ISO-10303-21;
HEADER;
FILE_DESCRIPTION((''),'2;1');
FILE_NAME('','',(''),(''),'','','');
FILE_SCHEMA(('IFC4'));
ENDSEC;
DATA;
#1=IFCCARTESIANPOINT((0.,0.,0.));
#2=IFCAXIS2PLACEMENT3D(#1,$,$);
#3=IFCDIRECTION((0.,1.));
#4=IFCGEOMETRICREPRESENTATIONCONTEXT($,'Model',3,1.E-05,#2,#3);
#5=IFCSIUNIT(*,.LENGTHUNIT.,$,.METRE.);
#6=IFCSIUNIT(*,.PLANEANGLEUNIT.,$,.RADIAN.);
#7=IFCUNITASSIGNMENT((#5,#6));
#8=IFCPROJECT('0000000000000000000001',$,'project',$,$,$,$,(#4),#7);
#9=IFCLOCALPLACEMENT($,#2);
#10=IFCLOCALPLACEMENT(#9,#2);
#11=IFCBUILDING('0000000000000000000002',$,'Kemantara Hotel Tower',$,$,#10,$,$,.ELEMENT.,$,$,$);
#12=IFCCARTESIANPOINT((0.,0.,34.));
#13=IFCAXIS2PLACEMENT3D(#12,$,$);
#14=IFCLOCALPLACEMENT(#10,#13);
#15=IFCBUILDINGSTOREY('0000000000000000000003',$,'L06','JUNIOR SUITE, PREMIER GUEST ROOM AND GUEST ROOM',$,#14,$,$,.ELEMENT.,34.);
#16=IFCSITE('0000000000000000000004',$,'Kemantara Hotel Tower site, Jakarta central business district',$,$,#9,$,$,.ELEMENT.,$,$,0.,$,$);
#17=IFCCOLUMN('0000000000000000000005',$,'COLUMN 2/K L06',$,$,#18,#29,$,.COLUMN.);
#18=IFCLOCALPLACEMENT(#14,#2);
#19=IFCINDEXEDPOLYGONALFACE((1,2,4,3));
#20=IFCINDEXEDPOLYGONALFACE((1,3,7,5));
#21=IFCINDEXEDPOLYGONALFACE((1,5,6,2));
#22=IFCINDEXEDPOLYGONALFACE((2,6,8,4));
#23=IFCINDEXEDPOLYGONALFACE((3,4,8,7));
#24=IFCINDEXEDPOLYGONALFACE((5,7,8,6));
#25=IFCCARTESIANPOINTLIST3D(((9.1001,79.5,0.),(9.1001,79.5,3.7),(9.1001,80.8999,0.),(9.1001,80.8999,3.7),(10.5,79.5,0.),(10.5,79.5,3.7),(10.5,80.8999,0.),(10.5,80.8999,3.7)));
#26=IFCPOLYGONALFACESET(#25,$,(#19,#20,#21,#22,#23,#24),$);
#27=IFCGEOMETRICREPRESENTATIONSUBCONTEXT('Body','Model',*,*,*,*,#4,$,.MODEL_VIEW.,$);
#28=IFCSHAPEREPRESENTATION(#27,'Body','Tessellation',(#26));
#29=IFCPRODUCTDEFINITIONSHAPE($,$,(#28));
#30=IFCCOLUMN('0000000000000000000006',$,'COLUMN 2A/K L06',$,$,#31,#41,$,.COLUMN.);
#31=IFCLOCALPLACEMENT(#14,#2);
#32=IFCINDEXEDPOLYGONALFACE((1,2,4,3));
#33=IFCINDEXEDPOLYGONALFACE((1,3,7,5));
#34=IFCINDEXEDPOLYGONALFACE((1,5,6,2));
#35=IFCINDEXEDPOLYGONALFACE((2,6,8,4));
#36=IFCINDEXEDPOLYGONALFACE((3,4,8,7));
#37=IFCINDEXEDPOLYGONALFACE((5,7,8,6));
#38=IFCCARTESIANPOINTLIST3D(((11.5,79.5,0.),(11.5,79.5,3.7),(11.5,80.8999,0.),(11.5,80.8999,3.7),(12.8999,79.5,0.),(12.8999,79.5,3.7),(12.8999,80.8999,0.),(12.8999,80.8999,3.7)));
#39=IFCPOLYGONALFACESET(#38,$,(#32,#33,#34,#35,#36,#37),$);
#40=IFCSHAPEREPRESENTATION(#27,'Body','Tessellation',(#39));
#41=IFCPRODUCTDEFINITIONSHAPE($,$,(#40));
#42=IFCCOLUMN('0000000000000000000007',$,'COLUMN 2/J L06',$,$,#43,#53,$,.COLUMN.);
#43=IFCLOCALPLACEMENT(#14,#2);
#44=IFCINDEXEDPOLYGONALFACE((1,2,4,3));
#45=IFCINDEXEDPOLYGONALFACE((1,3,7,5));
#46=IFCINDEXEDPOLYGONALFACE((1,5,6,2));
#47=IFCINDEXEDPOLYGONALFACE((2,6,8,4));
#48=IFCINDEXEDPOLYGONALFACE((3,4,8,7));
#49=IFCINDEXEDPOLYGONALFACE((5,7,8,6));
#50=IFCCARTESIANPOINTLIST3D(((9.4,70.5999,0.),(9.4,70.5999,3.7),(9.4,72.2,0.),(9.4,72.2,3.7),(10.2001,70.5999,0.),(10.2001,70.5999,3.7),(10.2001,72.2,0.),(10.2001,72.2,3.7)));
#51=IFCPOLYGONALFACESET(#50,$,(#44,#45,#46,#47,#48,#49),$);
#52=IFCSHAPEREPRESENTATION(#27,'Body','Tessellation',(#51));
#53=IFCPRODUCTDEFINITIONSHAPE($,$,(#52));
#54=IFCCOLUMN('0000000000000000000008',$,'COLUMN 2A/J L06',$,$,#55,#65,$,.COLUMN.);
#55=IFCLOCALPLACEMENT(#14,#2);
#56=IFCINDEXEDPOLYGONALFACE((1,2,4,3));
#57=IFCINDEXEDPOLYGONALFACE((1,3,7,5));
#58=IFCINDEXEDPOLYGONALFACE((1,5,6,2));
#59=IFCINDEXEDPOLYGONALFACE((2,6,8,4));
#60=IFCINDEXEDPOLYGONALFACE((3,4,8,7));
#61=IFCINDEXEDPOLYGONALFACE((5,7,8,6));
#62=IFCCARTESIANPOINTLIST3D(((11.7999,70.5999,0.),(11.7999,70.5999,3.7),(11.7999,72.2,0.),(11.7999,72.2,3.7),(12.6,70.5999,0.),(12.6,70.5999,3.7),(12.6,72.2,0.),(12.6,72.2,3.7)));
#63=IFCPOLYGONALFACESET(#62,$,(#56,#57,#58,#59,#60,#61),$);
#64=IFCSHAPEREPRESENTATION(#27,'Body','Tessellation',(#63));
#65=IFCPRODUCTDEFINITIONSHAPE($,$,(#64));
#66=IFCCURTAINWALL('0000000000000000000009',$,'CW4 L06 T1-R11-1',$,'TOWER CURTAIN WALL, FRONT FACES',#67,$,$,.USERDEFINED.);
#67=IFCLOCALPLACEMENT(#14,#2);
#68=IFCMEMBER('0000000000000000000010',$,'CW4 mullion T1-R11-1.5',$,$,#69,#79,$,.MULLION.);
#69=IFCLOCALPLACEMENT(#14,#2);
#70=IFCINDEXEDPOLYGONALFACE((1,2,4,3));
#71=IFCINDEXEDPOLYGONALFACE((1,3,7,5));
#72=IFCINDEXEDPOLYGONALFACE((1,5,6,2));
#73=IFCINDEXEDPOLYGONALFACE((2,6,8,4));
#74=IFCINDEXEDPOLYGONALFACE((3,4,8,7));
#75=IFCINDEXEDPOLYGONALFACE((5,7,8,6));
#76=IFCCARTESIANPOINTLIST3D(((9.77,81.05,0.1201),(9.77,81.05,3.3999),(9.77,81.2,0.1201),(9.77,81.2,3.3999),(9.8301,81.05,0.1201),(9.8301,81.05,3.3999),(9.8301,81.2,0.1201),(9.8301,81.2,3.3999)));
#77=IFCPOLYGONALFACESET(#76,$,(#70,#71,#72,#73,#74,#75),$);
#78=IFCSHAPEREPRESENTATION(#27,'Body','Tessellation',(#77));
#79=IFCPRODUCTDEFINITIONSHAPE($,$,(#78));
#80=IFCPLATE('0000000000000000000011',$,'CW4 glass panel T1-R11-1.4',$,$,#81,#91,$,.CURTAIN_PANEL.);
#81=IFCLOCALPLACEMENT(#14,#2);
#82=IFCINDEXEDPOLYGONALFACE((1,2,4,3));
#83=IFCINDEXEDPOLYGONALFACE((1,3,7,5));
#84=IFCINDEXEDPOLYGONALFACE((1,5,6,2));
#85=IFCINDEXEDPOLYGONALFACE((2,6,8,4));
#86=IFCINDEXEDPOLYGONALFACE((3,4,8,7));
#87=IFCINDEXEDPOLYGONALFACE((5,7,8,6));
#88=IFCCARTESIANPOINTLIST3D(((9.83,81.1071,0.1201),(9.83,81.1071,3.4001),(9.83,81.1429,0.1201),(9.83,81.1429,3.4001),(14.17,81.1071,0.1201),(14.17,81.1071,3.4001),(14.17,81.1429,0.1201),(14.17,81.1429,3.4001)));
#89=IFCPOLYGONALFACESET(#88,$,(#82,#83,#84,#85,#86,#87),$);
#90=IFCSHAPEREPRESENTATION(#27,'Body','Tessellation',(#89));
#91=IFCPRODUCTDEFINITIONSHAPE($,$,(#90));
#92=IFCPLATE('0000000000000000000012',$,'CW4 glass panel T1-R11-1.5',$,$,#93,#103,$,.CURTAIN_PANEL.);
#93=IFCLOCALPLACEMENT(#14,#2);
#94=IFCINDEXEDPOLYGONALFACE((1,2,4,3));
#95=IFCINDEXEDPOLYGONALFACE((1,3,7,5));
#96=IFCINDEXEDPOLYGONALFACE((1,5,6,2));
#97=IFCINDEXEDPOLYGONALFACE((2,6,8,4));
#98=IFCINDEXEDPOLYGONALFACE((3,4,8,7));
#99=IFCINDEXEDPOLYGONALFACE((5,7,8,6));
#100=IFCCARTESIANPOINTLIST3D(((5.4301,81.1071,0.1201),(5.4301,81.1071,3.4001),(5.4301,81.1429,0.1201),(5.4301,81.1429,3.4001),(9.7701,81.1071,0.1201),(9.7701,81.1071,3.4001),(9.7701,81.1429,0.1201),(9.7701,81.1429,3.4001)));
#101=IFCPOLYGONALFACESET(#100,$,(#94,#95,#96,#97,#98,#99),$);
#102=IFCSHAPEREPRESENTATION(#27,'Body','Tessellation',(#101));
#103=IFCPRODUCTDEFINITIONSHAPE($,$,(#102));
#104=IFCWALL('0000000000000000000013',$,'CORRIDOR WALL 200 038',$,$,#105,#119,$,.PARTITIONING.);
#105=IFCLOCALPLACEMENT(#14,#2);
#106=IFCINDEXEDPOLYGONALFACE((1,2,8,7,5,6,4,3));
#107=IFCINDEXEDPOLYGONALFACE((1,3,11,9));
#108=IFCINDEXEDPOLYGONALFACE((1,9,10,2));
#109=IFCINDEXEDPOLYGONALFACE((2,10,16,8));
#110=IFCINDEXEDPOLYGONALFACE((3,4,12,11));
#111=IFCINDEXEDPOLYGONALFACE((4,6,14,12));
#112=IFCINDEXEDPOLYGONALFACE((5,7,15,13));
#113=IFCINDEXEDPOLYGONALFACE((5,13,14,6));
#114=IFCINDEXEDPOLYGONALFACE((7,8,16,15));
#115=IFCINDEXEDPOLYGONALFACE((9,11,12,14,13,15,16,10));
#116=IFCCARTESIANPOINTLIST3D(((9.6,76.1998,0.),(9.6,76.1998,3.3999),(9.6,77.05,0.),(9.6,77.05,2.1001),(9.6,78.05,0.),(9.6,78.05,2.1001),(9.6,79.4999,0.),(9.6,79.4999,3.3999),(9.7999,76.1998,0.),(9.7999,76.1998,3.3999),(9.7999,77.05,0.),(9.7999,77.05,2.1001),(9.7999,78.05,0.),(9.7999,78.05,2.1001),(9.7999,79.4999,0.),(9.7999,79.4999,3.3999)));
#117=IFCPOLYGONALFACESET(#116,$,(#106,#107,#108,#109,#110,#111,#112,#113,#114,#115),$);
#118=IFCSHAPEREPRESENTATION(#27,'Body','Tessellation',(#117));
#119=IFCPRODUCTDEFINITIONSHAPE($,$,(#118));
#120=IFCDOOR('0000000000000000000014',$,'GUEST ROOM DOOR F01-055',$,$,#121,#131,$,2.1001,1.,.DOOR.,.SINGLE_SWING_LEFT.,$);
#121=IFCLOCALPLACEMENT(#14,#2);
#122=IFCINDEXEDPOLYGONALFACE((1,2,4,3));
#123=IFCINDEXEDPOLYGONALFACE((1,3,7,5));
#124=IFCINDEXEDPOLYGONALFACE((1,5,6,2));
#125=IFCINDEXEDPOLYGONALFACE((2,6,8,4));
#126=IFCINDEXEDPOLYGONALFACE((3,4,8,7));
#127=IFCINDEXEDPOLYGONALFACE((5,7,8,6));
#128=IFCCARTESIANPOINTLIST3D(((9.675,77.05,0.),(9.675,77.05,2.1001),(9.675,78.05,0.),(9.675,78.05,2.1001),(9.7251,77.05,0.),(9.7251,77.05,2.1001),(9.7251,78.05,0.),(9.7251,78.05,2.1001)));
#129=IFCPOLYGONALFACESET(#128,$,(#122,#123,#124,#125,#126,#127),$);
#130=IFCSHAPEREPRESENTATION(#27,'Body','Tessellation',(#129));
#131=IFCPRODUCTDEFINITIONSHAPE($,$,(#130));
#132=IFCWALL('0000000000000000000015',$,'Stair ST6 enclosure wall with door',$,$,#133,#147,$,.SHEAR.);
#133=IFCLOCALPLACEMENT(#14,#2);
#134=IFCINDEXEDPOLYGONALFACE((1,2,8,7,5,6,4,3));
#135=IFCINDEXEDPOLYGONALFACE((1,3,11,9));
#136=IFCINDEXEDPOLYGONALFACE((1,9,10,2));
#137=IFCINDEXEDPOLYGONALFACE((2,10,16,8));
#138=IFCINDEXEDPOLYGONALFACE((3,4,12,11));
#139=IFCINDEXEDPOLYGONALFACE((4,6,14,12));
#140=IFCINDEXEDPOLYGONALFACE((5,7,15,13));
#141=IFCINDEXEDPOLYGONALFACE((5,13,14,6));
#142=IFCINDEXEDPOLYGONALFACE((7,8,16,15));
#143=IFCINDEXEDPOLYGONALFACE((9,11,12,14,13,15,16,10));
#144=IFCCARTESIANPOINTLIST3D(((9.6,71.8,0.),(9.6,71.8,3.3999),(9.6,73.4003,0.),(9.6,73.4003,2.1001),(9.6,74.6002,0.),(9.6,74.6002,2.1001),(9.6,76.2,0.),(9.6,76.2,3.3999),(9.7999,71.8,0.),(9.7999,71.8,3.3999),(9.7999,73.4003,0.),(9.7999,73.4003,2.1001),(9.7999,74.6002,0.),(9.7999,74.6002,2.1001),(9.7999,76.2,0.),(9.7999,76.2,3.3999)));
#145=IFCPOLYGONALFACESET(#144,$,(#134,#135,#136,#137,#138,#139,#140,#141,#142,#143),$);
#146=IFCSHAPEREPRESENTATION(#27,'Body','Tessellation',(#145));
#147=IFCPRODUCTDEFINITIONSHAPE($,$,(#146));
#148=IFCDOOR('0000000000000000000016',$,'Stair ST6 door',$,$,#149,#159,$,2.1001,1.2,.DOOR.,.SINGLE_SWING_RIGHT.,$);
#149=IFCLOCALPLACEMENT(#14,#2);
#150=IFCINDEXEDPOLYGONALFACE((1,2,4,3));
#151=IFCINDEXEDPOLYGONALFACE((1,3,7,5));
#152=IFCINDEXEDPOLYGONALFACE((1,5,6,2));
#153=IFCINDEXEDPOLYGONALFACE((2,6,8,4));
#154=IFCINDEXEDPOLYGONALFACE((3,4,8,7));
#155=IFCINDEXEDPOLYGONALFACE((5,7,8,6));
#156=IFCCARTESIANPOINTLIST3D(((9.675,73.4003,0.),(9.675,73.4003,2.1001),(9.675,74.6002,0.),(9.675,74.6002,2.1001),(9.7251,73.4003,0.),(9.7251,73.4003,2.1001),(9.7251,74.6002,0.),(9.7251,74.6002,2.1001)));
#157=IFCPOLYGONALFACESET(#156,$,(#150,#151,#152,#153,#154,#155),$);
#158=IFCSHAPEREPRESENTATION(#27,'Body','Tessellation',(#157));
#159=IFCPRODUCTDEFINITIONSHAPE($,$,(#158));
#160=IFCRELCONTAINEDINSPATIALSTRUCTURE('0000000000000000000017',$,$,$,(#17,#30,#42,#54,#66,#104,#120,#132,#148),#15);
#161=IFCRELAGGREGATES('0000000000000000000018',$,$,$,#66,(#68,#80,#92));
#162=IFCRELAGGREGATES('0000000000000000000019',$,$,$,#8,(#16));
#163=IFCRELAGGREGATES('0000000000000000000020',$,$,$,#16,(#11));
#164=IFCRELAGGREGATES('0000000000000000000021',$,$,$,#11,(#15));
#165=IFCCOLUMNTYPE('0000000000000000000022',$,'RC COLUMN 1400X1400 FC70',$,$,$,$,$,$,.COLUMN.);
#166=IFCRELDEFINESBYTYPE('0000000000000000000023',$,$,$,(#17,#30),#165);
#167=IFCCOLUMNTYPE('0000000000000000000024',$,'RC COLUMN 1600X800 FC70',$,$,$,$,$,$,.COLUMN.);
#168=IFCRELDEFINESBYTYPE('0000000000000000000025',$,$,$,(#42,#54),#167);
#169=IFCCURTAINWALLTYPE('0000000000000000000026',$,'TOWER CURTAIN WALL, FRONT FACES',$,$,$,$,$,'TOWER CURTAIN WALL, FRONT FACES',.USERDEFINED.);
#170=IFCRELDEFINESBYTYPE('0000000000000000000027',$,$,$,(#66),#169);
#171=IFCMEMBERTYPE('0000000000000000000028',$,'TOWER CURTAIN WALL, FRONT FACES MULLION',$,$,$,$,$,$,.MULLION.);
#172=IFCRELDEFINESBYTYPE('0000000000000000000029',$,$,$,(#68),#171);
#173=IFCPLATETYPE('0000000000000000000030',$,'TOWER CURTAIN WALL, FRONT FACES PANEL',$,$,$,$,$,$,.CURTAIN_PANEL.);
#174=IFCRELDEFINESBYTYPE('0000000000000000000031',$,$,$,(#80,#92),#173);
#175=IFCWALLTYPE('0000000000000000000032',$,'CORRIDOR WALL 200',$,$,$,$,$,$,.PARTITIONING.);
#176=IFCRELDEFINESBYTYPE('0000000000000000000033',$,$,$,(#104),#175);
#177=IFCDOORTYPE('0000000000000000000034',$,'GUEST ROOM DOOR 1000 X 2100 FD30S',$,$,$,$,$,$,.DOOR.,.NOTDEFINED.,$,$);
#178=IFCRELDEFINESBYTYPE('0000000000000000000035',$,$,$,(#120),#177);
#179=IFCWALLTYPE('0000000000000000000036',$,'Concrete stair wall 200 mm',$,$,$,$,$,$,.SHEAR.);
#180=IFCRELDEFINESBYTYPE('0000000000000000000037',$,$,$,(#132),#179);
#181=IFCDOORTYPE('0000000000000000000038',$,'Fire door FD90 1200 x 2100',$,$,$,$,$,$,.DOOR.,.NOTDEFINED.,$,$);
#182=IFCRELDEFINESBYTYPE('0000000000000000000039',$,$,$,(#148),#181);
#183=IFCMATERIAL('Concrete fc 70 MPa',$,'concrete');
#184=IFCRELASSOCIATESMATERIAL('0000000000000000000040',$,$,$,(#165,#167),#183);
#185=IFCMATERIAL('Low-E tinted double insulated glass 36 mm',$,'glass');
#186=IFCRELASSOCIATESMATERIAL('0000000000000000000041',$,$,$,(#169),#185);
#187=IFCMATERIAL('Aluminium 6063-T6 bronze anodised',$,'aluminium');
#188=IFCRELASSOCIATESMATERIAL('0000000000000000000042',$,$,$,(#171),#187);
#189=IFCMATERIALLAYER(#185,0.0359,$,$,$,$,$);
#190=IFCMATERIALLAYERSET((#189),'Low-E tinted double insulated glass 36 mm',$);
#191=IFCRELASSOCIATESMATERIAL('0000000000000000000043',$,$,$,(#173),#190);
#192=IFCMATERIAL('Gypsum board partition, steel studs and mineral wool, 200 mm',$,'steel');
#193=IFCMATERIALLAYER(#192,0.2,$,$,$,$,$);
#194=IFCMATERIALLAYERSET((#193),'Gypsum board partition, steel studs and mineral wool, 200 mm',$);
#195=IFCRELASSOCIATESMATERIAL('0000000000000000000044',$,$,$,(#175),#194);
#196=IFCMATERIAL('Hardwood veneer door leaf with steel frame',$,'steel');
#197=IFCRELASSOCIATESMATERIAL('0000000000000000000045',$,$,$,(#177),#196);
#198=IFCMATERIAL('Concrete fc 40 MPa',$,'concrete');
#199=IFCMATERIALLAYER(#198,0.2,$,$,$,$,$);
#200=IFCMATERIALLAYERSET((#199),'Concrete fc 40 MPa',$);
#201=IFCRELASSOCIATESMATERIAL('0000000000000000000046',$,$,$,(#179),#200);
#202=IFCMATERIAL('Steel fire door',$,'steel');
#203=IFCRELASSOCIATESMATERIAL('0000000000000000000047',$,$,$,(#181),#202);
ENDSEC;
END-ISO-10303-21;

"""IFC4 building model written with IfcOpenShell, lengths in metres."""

from ifc_helpers import new_model, si_unit, direction, frame, frame_2d, origin, origin_2d, place, context, subcontext, project, spatial, rectangle, extrude, source, transform, mapped, material, layer, layer_set, material_profile, profile_set, type_object, element, fill, aggregate, save


model = new_model("IFC4")

# Units and contexts
model_context = context("Model", 3, precision=1e-05, world=origin(), true_north=direction((0.0, 1.0)))
body_context = subcontext(model_context, "Body", "Model", "MODEL_VIEW")
ifc_project = project(units=[si_unit("LENGTHUNIT", "METRE"), si_unit("PLANEANGLEUNIT", "RADIAN")], contexts=[model_context])

# Site, building, storey
site_placement = place(None, origin())
site = spatial("IfcSite", under=ifc_project, at=site_placement, Name="Kemantara Hotel Tower site, Jakarta central business district", CompositionType="ELEMENT", RefElevation=0.0)
building_placement = place(site_placement, origin())
building = spatial("IfcBuilding", under=site, at=building_placement, Name="Kemantara Hotel Tower", CompositionType="ELEMENT")
storey_placement = place(building_placement, frame((0.0, 0.0, 34.0)))
storey = spatial("IfcBuildingStorey", under=building, at=storey_placement, Name="L06", Description="JUNIOR SUITE, PREMIER GUEST ROOM AND GUEST ROOM", CompositionType="ELEMENT", Elevation=34.0)

# Columns
ifc_material_1 = material(Name="Concrete fc 70 MPa", Category="concrete")
ifc_material_profile_1 = material_profile(ifc_material_1, rectangle(XDim=1.3999, YDim=1.3999, at=origin_2d()), Name="RC 1400X1400")
ifc_profile_set_1 = profile_set([ifc_material_profile_1], Name="Concrete fc 70 MPa")
column_type_1 = type_object("IfcColumnType", Name="RC COLUMN 1400X1400 FC70", PredefinedType="COLUMN", material=ifc_profile_set_1)
for number, where, z_axis, x_axis, name in (
    (1, (9.8, 80.2, 0.0), (0.0, 0.0, 1.0), (1.0, 0.0, 0.0), "COLUMN 2/K L06"),
    (2, (12.2, 80.2, 0.0), (0.0, 0.0, 1.0), (1.0, 0.0, 0.0), "COLUMN 2A/K L06"),
):
    element("IfcColumn", number, at=place(storey_placement, frame(where, z_axis=z_axis, x_axis=x_axis)), inside=storey, type_object=column_type_1, Name=name, PredefinedType="COLUMN", context=body_context, shape_type="SweptSolid", body=[
        extrude(rectangle(XDim=1.3999, YDim=1.3999, at=origin_2d()), origin(), (0.0, 0.0, 1.0), 3.7),
    ])
ifc_material_profile_2 = material_profile(ifc_material_1, rectangle(XDim=1.6001, YDim=0.8, at=origin_2d()), Name="RC 1600X800")
ifc_profile_set_2 = profile_set([ifc_material_profile_2], Name="Concrete fc 70 MPa")
column_type_2 = type_object("IfcColumnType", Name="RC COLUMN 1600X800 FC70", PredefinedType="COLUMN", material=ifc_profile_set_2)
for number, where, z_axis, x_axis, name in (
    (3, (9.8, 71.3999, 0.0), (0.0, 0.0, 1.0), (0.0, 1.0, 0.0), "COLUMN 2/J L06"),
    (4, (12.2, 71.3999, 0.0), (0.0, 0.0, 1.0), (0.0, 1.0, 0.0), "COLUMN 2A/J L06"),
):
    element("IfcColumn", number, at=place(storey_placement, frame(where, z_axis=z_axis, x_axis=x_axis)), inside=storey, type_object=column_type_2, Name=name, PredefinedType="COLUMN", context=body_context, shape_type="SweptSolid", body=[
        extrude(rectangle(XDim=1.6001, YDim=0.8, at=origin_2d()), origin(), (0.0, 0.0, 1.0), 3.7),
    ])

# Curtain wall, member, plates
ifc_material_2 = material(Name="Low-E tinted double insulated glass 36 mm", Category="glass")
curtain_wall_type = type_object("IfcCurtainWallType", Name="TOWER CURTAIN WALL, FRONT FACES", ElementType="TOWER CURTAIN WALL, FRONT FACES", PredefinedType="USERDEFINED", material=ifc_material_2)
curtain_wall_placement = place(storey_placement, origin())
curtain_wall = element("IfcCurtainWall", 5, at=curtain_wall_placement, inside=storey, type_object=curtain_wall_type, Name="CW4 L06 T1-R11-1", ObjectType="TOWER CURTAIN WALL, FRONT FACES", PredefinedType="USERDEFINED")
ifc_material_3 = material(Name="Aluminium 6063-T6 bronze anodised", Category="aluminium")
ifc_material_profile_3 = material_profile(ifc_material_3, rectangle(XDim=0.1499, YDim=0.0601, at=origin_2d()), Name="TOWER CURTAIN WALL, FRONT FACES MULLION")
ifc_profile_set_3 = profile_set([ifc_material_profile_3], Name="Aluminium 6063-T6 bronze anodised")
member_type = type_object("IfcMemberType", Name="TOWER CURTAIN WALL, FRONT FACES MULLION", PredefinedType="MULLION", material=ifc_profile_set_3)
shared_shape_1 = source(origin(), body_context, "Body", "SweptSolid", [
    extrude(rectangle(XDim=0.1499, YDim=0.0601, at=origin_2d()), origin(), (0.0, 0.0, 1.0), 3.2798),
])
member_placement = place(storey_placement, frame((9.8, 81.125, 0.1201), z_axis=(0.0, 0.0, 1.0), x_axis=(0.0, -1.0, 0.0)))
member = element("IfcMember", 6, at=member_placement, type_object=member_type, Name="CW4 mullion T1-R11-1.5", PredefinedType="MULLION", context=body_context, shape_type="MappedRepresentation", body=[
    mapped(shared_shape_1, transform((0.0, 0.0, 0.0))),
])
ifc_layer_1 = layer(ifc_material_2, 0.0359)
ifc_layer_set_1 = layer_set([ifc_layer_1], Name="Low-E tinted double insulated glass 36 mm")
plate_type = type_object("IfcPlateType", Name="TOWER CURTAIN WALL, FRONT FACES PANEL", PredefinedType="CURTAIN_PANEL", material=ifc_layer_set_1)
shared_shape_2 = source(origin(), body_context, "Body", "SweptSolid", [
    extrude(rectangle(XDim=4.3401, YDim=0.0359, at=origin_2d()), origin(), (0.0, 0.0, 1.0), 3.28),
])
plate_1_placement = place(storey_placement, frame((12.0, 81.125, 0.1201), z_axis=(0.0, 0.0, 1.0), x_axis=(-1.0, 0.0, 0.0)))
plate_1 = element("IfcPlate", 7, at=plate_1_placement, type_object=plate_type, Name="CW4 glass panel T1-R11-1.4", PredefinedType="CURTAIN_PANEL", context=body_context, shape_type="MappedRepresentation", body=[
    mapped(shared_shape_2, transform((0.0, 0.0, 0.0))),
])
plate_2_placement = place(storey_placement, frame((7.6001, 81.125, 0.1201), z_axis=(0.0, 0.0, 1.0), x_axis=(-1.0, 0.0, 0.0)))
plate_2 = element("IfcPlate", 8, at=plate_2_placement, type_object=plate_type, Name="CW4 glass panel T1-R11-1.5", PredefinedType="CURTAIN_PANEL", context=body_context, shape_type="MappedRepresentation", body=[
    mapped(shared_shape_2, transform((0.0, 0.0, 0.0))),
])
aggregate(curtain_wall, [member, plate_1, plate_2])

# Walls, openings, doors
ifc_material_4 = material(Name="Gypsum board partition, steel studs and mineral wool, 200 mm", Category="steel")
ifc_layer_2 = layer(ifc_material_4, 0.2)
ifc_layer_set_2 = layer_set([ifc_layer_2], Name="Gypsum board partition, steel studs and mineral wool, 200 mm")
wall_type_1 = type_object("IfcWallType", Name="CORRIDOR WALL 200", PredefinedType="PARTITIONING", material=ifc_layer_set_2)
wall_1_placement = place(storey_placement, frame((9.7, 76.2, 0.0), z_axis=(0.0, 0.0, 1.0), x_axis=(0.0, 1.0, 0.0)))
wall_1 = element("IfcWall", 9, at=wall_1_placement, inside=storey, type_object=wall_type_1, Name="CORRIDOR WALL 200 038", PredefinedType="PARTITIONING", context=body_context, shape_type="SweptSolid", body=[
    extrude(rectangle(XDim=3.3, YDim=0.2, at=frame_2d((1.6499, 0.0))), origin(), (0.0, 0.0, 1.0), 3.3999),
])
opening_1_placement = place(wall_1_placement, frame((0.8501, 0.0, 0.0)))
opening_1 = element("IfcOpeningElement", 10, at=opening_1_placement, cuts=wall_1, PredefinedType="OPENING", context=body_context, shape_type="SweptSolid", body=[
    extrude(rectangle(XDim=1.0, YDim=2.1001, at=frame_2d((0.5, 1.05))), frame((0.0, 0.1099, 0.0), z_axis=(0.0, -1.0, 0.0), x_axis=(1.0, 0.0, 0.0)), (0.0, 0.0, 1.0), 0.22),
])
ifc_material_5 = material(Name="Hardwood veneer door leaf with steel frame", Category="steel")
door_type_1 = type_object("IfcDoorType", Name="GUEST ROOM DOOR 1000 X 2100 FD30S", OperationType="NOTDEFINED", PredefinedType="DOOR", material=ifc_material_5)
door_1_placement = place(opening_1_placement, origin())
door_1 = element("IfcDoor", 11, at=door_1_placement, inside=storey, type_object=door_type_1, Name="GUEST ROOM DOOR F01-055", OperationType="SINGLE_SWING_LEFT", OverallHeight=2.1001, OverallWidth=1.0, PredefinedType="DOOR", context=body_context, shape_type="SweptSolid", body=[
    extrude(rectangle(XDim=1.0, YDim=2.1001, at=frame_2d((0.5, 1.05))), frame((0.0, 0.0249, 0.0), z_axis=(0.0, -1.0, 0.0), x_axis=(1.0, 0.0, 0.0)), (0.0, 0.0, 1.0), 0.05),
])
fill(opening_1, door_1)
ifc_material_6 = material(Name="Concrete fc 40 MPa", Category="concrete")
ifc_layer_3 = layer(ifc_material_6, 0.2)
ifc_layer_set_3 = layer_set([ifc_layer_3], Name="Concrete fc 40 MPa")
wall_type_2 = type_object("IfcWallType", Name="Concrete stair wall 200 mm", PredefinedType="SHEAR", material=ifc_layer_set_3)
wall_2_placement = place(storey_placement, frame((9.7, 71.8, 0.0), z_axis=(0.0, 0.0, 1.0), x_axis=(0.0, 1.0, 0.0)))
wall_2 = element("IfcWall", 12, at=wall_2_placement, inside=storey, type_object=wall_type_2, Name="Stair ST6 enclosure wall with door", PredefinedType="SHEAR", context=body_context, shape_type="SweptSolid", body=[
    extrude(rectangle(XDim=4.3999, YDim=0.2, at=frame_2d((2.2, 0.0))), origin(), (0.0, 0.0, 1.0), 3.3999),
])
opening_2_placement = place(wall_2_placement, frame((1.6001, 0.0, 0.0)))
opening_2 = element("IfcOpeningElement", 13, at=opening_2_placement, cuts=wall_2, PredefinedType="OPENING", context=body_context, shape_type="SweptSolid", body=[
    extrude(rectangle(XDim=1.2, YDim=2.1001, at=frame_2d((0.6001, 1.05))), frame((0.0, 0.1099, 0.0), z_axis=(0.0, -1.0, 0.0), x_axis=(1.0, 0.0, 0.0)), (0.0, 0.0, 1.0), 0.22),
])
ifc_material_7 = material(Name="Steel fire door", Category="steel")
door_type_2 = type_object("IfcDoorType", Name="Fire door FD90 1200 x 2100", OperationType="NOTDEFINED", PredefinedType="DOOR", material=ifc_material_7)
door_2_placement = place(opening_2_placement, origin())
door_2 = element("IfcDoor", 14, at=door_2_placement, inside=storey, type_object=door_type_2, Name="Stair ST6 door", OperationType="SINGLE_SWING_RIGHT", OverallHeight=2.1001, OverallWidth=1.2, PredefinedType="DOOR", context=body_context, shape_type="SweptSolid", body=[
    extrude(rectangle(XDim=1.2, YDim=2.1001, at=frame_2d((0.6001, 1.05))), frame((0.0, 0.0249, 0.0), z_axis=(0.0, -1.0, 0.0), x_axis=(1.0, 0.0, 0.0)), (0.0, 0.0, 1.0), 0.05),
])
fill(opening_2, door_2)

save(model, "model.ifc")
